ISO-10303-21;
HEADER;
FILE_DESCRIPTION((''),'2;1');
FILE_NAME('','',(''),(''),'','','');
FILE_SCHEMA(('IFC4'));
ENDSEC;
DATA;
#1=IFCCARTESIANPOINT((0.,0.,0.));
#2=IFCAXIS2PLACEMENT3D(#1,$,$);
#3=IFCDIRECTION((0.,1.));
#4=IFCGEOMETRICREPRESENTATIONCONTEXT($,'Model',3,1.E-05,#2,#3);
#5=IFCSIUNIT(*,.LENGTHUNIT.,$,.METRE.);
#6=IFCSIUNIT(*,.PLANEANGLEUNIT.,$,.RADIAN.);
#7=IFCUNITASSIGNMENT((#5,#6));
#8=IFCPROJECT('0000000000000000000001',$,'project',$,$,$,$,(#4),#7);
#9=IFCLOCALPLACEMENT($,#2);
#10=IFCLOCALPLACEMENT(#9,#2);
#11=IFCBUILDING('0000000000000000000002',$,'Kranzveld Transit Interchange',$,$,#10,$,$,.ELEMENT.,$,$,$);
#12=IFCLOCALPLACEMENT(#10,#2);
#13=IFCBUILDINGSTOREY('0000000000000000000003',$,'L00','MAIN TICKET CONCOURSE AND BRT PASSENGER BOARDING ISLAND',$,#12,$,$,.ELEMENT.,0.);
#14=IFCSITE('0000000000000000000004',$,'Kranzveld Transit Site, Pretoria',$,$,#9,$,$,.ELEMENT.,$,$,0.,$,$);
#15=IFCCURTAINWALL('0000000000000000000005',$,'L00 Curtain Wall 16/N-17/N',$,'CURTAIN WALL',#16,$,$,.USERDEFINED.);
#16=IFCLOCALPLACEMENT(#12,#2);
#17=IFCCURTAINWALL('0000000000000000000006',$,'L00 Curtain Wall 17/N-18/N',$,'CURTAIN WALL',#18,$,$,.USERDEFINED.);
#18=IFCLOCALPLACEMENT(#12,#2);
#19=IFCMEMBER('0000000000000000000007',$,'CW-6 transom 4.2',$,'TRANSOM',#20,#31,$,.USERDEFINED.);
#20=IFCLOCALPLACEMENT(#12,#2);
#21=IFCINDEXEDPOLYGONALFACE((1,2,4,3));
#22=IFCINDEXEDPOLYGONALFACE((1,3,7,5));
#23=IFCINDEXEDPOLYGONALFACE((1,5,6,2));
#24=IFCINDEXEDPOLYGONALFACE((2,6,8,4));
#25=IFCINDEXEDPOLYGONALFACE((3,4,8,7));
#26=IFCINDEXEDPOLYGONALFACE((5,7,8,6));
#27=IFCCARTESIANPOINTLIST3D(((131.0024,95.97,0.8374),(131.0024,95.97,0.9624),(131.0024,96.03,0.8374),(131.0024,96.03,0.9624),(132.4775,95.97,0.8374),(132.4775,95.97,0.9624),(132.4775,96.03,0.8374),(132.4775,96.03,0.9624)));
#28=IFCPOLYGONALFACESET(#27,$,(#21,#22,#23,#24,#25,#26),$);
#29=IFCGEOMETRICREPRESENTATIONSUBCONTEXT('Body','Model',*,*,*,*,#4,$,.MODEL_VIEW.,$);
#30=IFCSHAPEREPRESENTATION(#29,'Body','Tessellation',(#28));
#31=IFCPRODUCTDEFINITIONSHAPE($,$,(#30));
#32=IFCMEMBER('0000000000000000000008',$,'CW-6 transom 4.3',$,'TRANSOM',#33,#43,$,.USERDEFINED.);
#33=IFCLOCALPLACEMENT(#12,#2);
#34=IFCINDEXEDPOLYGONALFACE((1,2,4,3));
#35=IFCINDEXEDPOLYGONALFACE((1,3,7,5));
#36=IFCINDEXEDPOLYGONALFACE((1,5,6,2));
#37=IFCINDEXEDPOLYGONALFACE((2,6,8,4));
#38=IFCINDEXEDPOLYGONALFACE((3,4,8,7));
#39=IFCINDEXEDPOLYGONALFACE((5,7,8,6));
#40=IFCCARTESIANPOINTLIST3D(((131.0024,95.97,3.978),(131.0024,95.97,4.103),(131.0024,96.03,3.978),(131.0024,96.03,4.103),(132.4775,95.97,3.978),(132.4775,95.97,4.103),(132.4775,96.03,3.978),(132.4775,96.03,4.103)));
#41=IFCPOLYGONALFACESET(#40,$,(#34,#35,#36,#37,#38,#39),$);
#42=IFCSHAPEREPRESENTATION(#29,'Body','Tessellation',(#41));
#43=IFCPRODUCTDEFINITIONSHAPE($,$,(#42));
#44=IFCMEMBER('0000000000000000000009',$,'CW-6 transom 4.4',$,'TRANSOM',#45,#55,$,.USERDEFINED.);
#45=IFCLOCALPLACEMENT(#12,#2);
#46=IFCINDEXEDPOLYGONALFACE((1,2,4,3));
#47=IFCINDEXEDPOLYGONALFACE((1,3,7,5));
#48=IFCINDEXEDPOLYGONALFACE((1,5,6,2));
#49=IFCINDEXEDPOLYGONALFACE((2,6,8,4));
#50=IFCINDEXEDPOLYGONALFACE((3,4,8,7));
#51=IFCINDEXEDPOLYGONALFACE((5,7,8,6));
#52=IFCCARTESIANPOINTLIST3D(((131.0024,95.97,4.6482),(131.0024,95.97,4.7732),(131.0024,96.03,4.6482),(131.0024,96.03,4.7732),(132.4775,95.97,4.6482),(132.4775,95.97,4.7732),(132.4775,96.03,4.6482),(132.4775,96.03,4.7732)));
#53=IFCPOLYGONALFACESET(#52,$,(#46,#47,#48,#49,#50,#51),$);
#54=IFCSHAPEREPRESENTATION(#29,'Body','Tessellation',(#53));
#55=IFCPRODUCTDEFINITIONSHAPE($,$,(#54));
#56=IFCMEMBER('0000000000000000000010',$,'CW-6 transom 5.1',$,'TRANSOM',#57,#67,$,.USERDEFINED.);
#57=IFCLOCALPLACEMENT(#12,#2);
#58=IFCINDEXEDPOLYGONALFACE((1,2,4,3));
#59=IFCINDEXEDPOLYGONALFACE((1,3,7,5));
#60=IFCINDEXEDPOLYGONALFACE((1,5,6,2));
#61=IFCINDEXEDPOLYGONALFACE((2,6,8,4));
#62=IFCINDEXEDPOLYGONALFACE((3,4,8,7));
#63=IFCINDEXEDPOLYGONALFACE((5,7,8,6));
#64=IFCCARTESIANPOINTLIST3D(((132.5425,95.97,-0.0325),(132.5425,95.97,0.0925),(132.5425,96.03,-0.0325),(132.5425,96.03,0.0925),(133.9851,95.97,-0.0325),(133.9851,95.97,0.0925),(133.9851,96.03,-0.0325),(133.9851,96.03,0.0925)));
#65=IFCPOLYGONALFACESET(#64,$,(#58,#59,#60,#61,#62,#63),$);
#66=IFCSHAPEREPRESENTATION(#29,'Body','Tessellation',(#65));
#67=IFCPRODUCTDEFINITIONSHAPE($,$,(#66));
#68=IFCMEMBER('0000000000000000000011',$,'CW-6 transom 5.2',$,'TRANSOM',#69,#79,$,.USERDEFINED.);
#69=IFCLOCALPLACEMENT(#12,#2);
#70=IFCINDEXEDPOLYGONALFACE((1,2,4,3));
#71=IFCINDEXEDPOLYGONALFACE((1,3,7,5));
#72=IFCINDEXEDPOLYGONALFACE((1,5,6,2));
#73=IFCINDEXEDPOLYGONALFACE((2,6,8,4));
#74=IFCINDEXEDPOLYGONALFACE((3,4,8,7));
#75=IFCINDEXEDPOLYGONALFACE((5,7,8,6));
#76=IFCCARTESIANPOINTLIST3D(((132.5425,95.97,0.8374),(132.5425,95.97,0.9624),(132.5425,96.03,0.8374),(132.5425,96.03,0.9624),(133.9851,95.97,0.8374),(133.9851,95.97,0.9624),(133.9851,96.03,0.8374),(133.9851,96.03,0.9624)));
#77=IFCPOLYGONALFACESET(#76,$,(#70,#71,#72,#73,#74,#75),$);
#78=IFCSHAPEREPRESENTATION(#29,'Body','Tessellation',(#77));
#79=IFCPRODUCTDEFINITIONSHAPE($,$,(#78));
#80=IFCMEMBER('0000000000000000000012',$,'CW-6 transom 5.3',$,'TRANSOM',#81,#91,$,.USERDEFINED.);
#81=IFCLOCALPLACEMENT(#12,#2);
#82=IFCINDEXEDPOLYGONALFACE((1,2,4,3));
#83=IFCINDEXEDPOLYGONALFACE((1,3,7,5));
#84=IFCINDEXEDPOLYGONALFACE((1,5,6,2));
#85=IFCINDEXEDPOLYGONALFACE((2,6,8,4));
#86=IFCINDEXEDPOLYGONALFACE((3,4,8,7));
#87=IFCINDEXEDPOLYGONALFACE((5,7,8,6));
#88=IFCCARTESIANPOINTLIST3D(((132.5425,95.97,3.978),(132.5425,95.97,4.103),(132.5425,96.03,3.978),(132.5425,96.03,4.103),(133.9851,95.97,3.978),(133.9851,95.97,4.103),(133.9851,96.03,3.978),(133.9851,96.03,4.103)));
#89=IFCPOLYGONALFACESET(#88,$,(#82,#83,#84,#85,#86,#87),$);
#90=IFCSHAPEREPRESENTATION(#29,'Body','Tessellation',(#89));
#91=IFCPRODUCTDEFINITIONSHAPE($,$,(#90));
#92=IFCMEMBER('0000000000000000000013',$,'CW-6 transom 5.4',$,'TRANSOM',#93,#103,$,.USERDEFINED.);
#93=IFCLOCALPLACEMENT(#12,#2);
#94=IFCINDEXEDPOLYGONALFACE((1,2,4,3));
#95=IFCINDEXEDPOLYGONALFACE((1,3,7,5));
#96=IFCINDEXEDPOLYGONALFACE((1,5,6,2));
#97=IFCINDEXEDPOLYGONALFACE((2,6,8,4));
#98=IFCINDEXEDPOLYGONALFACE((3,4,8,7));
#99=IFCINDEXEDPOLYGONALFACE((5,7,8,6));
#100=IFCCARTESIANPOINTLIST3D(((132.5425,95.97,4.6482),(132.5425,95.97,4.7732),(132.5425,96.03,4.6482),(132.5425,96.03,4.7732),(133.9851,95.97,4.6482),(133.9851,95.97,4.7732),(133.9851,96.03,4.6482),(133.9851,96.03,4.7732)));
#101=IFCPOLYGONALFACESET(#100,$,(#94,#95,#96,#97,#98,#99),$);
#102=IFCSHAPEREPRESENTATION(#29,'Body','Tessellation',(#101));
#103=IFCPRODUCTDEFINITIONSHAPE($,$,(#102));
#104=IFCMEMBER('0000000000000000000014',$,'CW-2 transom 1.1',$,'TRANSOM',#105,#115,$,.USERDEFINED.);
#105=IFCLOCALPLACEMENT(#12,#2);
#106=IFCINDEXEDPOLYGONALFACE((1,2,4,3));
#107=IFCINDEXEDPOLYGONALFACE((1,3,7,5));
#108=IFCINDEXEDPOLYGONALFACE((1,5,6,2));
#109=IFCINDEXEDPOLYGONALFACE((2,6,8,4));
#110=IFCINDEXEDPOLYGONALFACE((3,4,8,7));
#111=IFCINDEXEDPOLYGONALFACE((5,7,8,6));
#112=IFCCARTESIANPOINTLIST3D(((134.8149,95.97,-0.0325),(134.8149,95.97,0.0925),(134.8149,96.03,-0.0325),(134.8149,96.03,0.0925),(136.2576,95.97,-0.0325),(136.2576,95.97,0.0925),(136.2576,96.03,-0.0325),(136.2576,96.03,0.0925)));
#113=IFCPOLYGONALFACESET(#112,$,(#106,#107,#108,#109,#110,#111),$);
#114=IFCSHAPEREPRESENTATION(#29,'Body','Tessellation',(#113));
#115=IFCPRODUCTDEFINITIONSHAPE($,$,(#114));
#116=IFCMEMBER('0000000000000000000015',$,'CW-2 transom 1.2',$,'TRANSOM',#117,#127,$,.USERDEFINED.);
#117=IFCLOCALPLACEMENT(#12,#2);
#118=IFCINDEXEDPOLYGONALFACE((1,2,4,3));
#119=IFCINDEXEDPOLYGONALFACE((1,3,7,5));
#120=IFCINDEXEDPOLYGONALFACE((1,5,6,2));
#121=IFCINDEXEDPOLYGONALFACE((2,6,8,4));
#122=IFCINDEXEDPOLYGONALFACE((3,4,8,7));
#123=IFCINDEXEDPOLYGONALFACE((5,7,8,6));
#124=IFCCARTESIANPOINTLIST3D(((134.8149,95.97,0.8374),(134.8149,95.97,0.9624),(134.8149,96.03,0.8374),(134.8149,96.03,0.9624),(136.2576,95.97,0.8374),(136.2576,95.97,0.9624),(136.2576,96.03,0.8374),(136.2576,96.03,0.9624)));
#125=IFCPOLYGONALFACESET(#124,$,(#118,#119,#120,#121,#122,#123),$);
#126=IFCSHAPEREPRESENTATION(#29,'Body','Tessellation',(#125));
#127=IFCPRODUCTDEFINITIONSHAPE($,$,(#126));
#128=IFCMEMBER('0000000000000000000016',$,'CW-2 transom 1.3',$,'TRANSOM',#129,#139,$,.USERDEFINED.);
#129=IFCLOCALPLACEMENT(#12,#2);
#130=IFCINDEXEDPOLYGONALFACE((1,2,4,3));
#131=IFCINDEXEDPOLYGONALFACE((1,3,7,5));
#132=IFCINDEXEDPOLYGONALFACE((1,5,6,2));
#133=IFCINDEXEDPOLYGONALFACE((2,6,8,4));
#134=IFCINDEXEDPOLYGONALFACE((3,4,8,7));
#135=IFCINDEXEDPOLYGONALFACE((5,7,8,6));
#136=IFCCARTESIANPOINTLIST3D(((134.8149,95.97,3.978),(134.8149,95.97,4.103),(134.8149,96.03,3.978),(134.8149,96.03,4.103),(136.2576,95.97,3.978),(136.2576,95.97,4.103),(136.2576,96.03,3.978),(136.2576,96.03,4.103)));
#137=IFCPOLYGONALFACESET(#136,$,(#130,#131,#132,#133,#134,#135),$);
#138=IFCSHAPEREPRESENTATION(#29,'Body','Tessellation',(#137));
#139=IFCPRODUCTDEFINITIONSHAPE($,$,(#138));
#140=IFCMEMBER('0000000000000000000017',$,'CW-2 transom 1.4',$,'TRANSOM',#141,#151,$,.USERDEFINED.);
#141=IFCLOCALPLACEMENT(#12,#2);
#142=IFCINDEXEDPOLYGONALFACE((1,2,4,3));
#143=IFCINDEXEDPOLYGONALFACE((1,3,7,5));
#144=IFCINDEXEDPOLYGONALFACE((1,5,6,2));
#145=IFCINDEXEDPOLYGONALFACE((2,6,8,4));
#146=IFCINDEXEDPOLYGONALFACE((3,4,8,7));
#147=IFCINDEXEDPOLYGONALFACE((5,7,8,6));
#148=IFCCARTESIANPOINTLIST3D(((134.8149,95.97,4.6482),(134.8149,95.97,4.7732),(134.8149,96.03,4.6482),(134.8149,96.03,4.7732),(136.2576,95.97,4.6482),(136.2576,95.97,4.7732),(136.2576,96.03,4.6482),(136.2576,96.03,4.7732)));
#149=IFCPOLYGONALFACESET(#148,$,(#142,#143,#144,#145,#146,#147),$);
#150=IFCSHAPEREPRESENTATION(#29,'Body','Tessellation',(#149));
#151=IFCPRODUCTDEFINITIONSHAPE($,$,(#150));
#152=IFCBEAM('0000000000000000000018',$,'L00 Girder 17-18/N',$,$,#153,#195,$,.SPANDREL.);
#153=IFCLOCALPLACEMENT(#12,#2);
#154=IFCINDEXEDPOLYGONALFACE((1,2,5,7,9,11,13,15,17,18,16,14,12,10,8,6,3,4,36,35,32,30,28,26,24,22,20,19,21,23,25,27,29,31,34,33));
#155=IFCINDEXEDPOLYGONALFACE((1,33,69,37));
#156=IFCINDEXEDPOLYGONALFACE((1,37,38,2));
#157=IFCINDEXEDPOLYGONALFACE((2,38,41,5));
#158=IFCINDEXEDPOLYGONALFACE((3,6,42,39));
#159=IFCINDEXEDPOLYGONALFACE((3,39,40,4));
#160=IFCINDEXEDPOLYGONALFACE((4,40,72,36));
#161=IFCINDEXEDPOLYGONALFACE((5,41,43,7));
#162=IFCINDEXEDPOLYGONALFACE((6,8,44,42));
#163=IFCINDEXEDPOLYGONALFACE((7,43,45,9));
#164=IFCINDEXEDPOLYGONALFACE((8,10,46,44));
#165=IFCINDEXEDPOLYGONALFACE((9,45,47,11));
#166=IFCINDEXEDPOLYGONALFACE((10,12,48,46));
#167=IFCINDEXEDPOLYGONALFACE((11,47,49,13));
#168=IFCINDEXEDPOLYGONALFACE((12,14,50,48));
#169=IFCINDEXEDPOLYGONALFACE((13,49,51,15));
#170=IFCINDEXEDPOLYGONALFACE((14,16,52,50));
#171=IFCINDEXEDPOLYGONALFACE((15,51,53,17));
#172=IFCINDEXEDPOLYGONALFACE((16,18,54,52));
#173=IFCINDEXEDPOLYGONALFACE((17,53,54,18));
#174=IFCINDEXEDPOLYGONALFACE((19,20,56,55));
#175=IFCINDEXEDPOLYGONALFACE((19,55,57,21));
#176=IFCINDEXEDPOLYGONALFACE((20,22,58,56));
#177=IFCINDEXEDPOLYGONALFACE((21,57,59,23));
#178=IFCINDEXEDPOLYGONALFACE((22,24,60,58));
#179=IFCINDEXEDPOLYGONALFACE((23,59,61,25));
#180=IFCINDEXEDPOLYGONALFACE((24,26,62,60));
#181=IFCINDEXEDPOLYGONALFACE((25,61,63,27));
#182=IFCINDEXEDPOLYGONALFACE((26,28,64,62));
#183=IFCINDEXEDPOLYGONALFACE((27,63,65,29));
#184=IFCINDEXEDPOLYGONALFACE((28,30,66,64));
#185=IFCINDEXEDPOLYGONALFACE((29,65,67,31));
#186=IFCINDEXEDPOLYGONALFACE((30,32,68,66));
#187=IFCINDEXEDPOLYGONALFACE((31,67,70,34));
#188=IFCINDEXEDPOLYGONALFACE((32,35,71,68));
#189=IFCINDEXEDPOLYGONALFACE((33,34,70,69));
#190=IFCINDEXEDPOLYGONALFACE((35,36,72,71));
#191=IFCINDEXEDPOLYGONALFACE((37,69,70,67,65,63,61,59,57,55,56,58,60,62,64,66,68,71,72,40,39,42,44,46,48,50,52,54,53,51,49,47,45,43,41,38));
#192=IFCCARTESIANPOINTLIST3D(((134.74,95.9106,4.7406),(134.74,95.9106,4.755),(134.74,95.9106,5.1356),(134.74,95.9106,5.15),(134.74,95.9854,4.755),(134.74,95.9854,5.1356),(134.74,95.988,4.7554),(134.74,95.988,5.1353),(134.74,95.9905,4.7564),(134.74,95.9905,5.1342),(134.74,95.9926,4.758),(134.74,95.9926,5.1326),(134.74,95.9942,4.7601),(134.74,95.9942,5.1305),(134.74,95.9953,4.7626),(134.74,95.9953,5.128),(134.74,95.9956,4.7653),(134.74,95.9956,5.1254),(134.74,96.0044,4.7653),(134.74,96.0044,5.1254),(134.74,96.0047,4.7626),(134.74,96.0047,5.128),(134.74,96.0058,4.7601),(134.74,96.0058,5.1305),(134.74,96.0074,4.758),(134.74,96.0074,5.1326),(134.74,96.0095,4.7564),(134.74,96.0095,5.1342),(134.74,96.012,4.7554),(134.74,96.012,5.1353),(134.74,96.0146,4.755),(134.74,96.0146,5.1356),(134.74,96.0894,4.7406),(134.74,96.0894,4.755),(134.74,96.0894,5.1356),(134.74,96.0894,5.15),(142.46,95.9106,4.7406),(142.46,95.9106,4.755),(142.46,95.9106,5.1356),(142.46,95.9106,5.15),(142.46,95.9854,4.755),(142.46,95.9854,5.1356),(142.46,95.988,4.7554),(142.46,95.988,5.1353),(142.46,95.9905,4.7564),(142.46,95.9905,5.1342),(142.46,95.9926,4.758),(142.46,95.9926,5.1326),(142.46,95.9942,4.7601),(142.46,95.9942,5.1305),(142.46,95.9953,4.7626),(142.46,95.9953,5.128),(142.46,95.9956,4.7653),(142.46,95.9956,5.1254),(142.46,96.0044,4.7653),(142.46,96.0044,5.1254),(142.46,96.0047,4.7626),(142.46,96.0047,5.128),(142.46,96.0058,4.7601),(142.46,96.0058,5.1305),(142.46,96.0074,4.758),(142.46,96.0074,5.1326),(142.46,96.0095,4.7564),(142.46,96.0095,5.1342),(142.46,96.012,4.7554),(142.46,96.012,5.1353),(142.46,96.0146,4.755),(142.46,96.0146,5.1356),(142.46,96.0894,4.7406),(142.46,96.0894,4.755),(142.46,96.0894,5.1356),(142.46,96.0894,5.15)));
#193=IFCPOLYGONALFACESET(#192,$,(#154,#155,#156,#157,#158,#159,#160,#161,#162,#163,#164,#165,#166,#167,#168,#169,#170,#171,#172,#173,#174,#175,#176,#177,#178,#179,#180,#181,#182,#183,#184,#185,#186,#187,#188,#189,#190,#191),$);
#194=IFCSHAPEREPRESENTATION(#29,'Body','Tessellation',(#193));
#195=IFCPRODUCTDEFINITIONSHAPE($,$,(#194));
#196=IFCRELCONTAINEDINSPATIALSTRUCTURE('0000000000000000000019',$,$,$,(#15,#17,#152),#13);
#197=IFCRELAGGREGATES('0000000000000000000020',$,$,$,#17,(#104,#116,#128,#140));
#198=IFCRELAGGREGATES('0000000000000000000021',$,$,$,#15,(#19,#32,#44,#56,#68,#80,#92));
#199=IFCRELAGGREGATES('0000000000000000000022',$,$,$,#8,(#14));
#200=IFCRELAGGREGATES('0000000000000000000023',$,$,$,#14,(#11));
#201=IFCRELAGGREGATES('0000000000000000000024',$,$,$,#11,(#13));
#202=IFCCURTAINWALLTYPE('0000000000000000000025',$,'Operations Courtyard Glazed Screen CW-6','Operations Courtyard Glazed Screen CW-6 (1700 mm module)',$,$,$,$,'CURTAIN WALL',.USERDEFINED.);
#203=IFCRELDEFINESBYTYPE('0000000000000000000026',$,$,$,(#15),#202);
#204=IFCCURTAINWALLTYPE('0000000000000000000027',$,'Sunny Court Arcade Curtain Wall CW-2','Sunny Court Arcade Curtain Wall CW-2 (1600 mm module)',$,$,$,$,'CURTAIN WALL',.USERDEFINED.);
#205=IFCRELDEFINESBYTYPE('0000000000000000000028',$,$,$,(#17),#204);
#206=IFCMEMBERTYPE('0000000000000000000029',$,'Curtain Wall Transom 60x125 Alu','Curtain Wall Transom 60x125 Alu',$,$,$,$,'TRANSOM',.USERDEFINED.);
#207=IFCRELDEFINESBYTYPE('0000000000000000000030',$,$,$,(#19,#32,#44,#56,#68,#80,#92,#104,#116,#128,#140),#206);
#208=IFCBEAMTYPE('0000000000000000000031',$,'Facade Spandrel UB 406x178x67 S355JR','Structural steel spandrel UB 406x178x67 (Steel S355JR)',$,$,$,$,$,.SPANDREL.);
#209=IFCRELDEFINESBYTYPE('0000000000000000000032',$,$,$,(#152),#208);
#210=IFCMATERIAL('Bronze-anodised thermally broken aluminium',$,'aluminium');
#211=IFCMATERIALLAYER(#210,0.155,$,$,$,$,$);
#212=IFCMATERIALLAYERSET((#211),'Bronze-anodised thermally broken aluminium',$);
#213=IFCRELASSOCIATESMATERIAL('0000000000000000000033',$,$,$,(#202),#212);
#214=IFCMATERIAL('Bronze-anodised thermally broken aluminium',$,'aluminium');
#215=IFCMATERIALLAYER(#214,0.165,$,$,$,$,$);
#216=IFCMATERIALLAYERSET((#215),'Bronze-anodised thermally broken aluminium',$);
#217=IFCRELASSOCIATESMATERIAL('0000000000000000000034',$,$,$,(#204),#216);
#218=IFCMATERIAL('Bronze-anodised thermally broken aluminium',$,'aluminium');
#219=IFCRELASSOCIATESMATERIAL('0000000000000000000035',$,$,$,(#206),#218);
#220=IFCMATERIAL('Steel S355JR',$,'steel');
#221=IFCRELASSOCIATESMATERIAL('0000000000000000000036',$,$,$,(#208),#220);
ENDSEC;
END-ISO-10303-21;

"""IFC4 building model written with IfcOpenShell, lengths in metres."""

from ifc_helpers import new_model, si_unit, direction, frame, origin, origin_2d, place, context, subcontext, project, spatial, rectangle, i_section, extrude, material, layer, layer_set, material_profile, profile_set, type_object, element, aggregate, save


model = new_model("IFC4")

# Units and contexts
model_context = context("Model", 3, precision=1e-05, world=origin(), true_north=direction((0.0, 1.0)))
body_context = subcontext(model_context, "Body", "Model", "MODEL_VIEW")
ifc_project = project(units=[si_unit("LENGTHUNIT", "METRE"), si_unit("PLANEANGLEUNIT", "RADIAN")], contexts=[model_context])

# Site, building, storey
site_placement = place(None, origin())
site = spatial("IfcSite", under=ifc_project, at=site_placement, Name="Kranzveld Transit Site, Pretoria", CompositionType="ELEMENT", RefElevation=0.0)
building_placement = place(site_placement, origin())
building = spatial("IfcBuilding", under=site, at=building_placement, Name="Kranzveld Transit Interchange", CompositionType="ELEMENT")
storey_placement = place(building_placement, origin())
storey = spatial("IfcBuildingStorey", under=building, at=storey_placement, Name="L00", Description="MAIN TICKET CONCOURSE AND BRT PASSENGER BOARDING ISLAND", CompositionType="ELEMENT", Elevation=0.0)

# Curtain wall
ifc_material_1 = material(Name="Bronze-anodised thermally broken aluminium", Category="aluminium")
ifc_layer_1 = layer(ifc_material_1, 0.155)
ifc_layer_set_1 = layer_set([ifc_layer_1], Name="Bronze-anodised thermally broken aluminium")
curtain_wall_type_1 = type_object("IfcCurtainWallType", Name="Operations Courtyard Glazed Screen CW-6", Description="Operations Courtyard Glazed Screen CW-6 (1700 mm module)", ElementType="CURTAIN WALL", PredefinedType="USERDEFINED", material=ifc_layer_set_1)
curtain_wall_1_placement = place(storey_placement, origin())
curtain_wall_1 = element("IfcCurtainWall", 1, at=curtain_wall_1_placement, inside=storey, type_object=curtain_wall_type_1, Name="L00 Curtain Wall 16/N-17/N", ObjectType="CURTAIN WALL", PredefinedType="USERDEFINED")

# Curtain wall
ifc_material_2 = material(Name="Bronze-anodised thermally broken aluminium", Category="aluminium")
ifc_layer_2 = layer(ifc_material_2, 0.165)
ifc_layer_set_2 = layer_set([ifc_layer_2], Name="Bronze-anodised thermally broken aluminium")
curtain_wall_type_2 = type_object("IfcCurtainWallType", Name="Sunny Court Arcade Curtain Wall CW-2", Description="Sunny Court Arcade Curtain Wall CW-2 (1600 mm module)", ElementType="CURTAIN WALL", PredefinedType="USERDEFINED", material=ifc_layer_set_2)
curtain_wall_2_placement = place(storey_placement, origin())
curtain_wall_2 = element("IfcCurtainWall", 2, at=curtain_wall_2_placement, inside=storey, type_object=curtain_wall_type_2, Name="L00 Curtain Wall 17/N-18/N", ObjectType="CURTAIN WALL", PredefinedType="USERDEFINED")

# Members
ifc_material_3 = material(Name="Bronze-anodised thermally broken aluminium", Category="aluminium")
ifc_material_profile_1 = material_profile(ifc_material_3, rectangle(XDim=0.0601, YDim=0.125, at=origin_2d()), Name="ALU TRANSOM 60x125")
ifc_profile_set_1 = profile_set([ifc_material_profile_1], Name="Bronze-anodised thermally broken aluminium")
member_type_1 = type_object("IfcMemberType", Name="Curtain Wall Transom 60x125 Alu", Description="Curtain Wall Transom 60x125 Alu", ElementType="TRANSOM", PredefinedType="USERDEFINED", material=ifc_profile_set_1)
member_1_placement = place(storey_placement, frame((131.0024, 96.0, 0.8999), z_axis=(1.0, 0.0, 0.0), x_axis=(0.0, 1.0, 0.0)))
member_1 = element("IfcMember", 3, at=member_1_placement, type_object=member_type_1, Name="CW-6 transom 4.2", ObjectType="TRANSOM", PredefinedType="USERDEFINED", context=body_context, shape_type="SweptSolid", body=[
    extrude(rectangle(XDim=0.0601, YDim=0.125, at=origin_2d()), origin(), (0.0, 0.0, 1.0), 1.4751),
])
member_2_placement = place(storey_placement, frame((131.0024, 96.0, 4.0405), z_axis=(1.0, 0.0, 0.0), x_axis=(0.0, 1.0, 0.0)))
member_2 = element("IfcMember", 4, at=member_2_placement, type_object=member_type_1, Name="CW-6 transom 4.3", ObjectType="TRANSOM", PredefinedType="USERDEFINED", context=body_context, shape_type="SweptSolid", body=[
    extrude(rectangle(XDim=0.0601, YDim=0.125, at=origin_2d()), origin(), (0.0, 0.0, 1.0), 1.4751),
])
member_3_placement = place(storey_placement, frame((131.0024, 96.0, 4.7107), z_axis=(1.0, 0.0, 0.0), x_axis=(0.0, 1.0, 0.0)))
member_3 = element("IfcMember", 5, at=member_3_placement, type_object=member_type_1, Name="CW-6 transom 4.4", ObjectType="TRANSOM", PredefinedType="USERDEFINED", context=body_context, shape_type="SweptSolid", body=[
    extrude(rectangle(XDim=0.0601, YDim=0.125, at=origin_2d()), origin(), (0.0, 0.0, 1.0), 1.4751),
])
member_4_placement = place(storey_placement, frame((132.5425, 96.0, 0.03), z_axis=(1.0, 0.0, 0.0), x_axis=(0.0, 1.0, 0.0)))
member_4 = element("IfcMember", 6, at=member_4_placement, type_object=member_type_1, Name="CW-6 transom 5.1", ObjectType="TRANSOM", PredefinedType="USERDEFINED", context=body_context, shape_type="SweptSolid", body=[
    extrude(rectangle(XDim=0.0601, YDim=0.125, at=origin_2d()), origin(), (0.0, 0.0, 1.0), 1.4426),
])
member_5_placement = place(storey_placement, frame((132.5425, 96.0, 0.8999), z_axis=(1.0, 0.0, 0.0), x_axis=(0.0, 1.0, 0.0)))
member_5 = element("IfcMember", 7, at=member_5_placement, type_object=member_type_1, Name="CW-6 transom 5.2", ObjectType="TRANSOM", PredefinedType="USERDEFINED", context=body_context, shape_type="SweptSolid", body=[
    extrude(rectangle(XDim=0.0601, YDim=0.125, at=origin_2d()), origin(), (0.0, 0.0, 1.0), 1.4426),
])
member_6_placement = place(storey_placement, frame((132.5425, 96.0, 4.0405), z_axis=(1.0, 0.0, 0.0), x_axis=(0.0, 1.0, 0.0)))
member_6 = element("IfcMember", 8, at=member_6_placement, type_object=member_type_1, Name="CW-6 transom 5.3", ObjectType="TRANSOM", PredefinedType="USERDEFINED", context=body_context, shape_type="SweptSolid", body=[
    extrude(rectangle(XDim=0.0601, YDim=0.125, at=origin_2d()), origin(), (0.0, 0.0, 1.0), 1.4426),
])
member_7_placement = place(storey_placement, frame((132.5425, 96.0, 4.7107), z_axis=(1.0, 0.0, 0.0), x_axis=(0.0, 1.0, 0.0)))
member_7 = element("IfcMember", 9, at=member_7_placement, type_object=member_type_1, Name="CW-6 transom 5.4", ObjectType="TRANSOM", PredefinedType="USERDEFINED", context=body_context, shape_type="SweptSolid", body=[
    extrude(rectangle(XDim=0.0601, YDim=0.125, at=origin_2d()), origin(), (0.0, 0.0, 1.0), 1.4426),
])
member_8_placement = place(storey_placement, frame((134.8149, 96.0, 0.03), z_axis=(1.0, 0.0, 0.0), x_axis=(0.0, 1.0, 0.0)))
member_8 = element("IfcMember", 10, at=member_8_placement, type_object=member_type_1, Name="CW-2 transom 1.1", ObjectType="TRANSOM", PredefinedType="USERDEFINED", context=body_context, shape_type="SweptSolid", body=[
    extrude(rectangle(XDim=0.0601, YDim=0.125, at=origin_2d()), origin(), (0.0, 0.0, 1.0), 1.4426),
])
member_9_placement = place(storey_placement, frame((134.8149, 96.0, 0.8999), z_axis=(1.0, 0.0, 0.0), x_axis=(0.0, 1.0, 0.0)))
member_9 = element("IfcMember", 11, at=member_9_placement, type_object=member_type_1, Name="CW-2 transom 1.2", ObjectType="TRANSOM", PredefinedType="USERDEFINED", context=body_context, shape_type="SweptSolid", body=[
    extrude(rectangle(XDim=0.0601, YDim=0.125, at=origin_2d()), origin(), (0.0, 0.0, 1.0), 1.4426),
])
member_10_placement = place(storey_placement, frame((134.8149, 96.0, 4.0405), z_axis=(1.0, 0.0, 0.0), x_axis=(0.0, 1.0, 0.0)))
member_10 = element("IfcMember", 12, at=member_10_placement, type_object=member_type_1, Name="CW-2 transom 1.3", ObjectType="TRANSOM", PredefinedType="USERDEFINED", context=body_context, shape_type="SweptSolid", body=[
    extrude(rectangle(XDim=0.0601, YDim=0.125, at=origin_2d()), origin(), (0.0, 0.0, 1.0), 1.4426),
])
member_11_placement = place(storey_placement, frame((134.8149, 96.0, 4.7107), z_axis=(1.0, 0.0, 0.0), x_axis=(0.0, 1.0, 0.0)))
member_11 = element("IfcMember", 13, at=member_11_placement, type_object=member_type_1, Name="CW-2 transom 1.4", ObjectType="TRANSOM", PredefinedType="USERDEFINED", context=body_context, shape_type="SweptSolid", body=[
    extrude(rectangle(XDim=0.0601, YDim=0.125, at=origin_2d()), origin(), (0.0, 0.0, 1.0), 1.4426),
])

# Beam
ifc_material_4 = material(Name="Steel S355JR", Category="steel")
ifc_material_profile_2 = material_profile(ifc_material_4, i_section(OverallWidth=0.1787, OverallDepth=0.4094, WebThickness=0.0088, FlangeThickness=0.0144, FilletRadius=0.0103, at=origin_2d()), Name="UB 406x178x67")
ifc_profile_set_2 = profile_set([ifc_material_profile_2], Name="Steel S355JR")
beam_type = type_object("IfcBeamType", Name="Facade Spandrel UB 406x178x67 S355JR", Description="Structural steel spandrel UB 406x178x67 (Steel S355JR)", PredefinedType="SPANDREL", material=ifc_profile_set_2)
beam_placement = place(storey_placement, frame((134.74, 96.0, 4.9453), z_axis=(1.0, 0.0, 0.0), x_axis=(0.0, 1.0, 0.0)))
element("IfcBeam", 14, at=beam_placement, inside=storey, type_object=beam_type, Name="L00 Girder 17-18/N", PredefinedType="SPANDREL", context=body_context, shape_type="SweptSolid", body=[
    extrude(i_section(OverallWidth=0.1787, OverallDepth=0.4094, WebThickness=0.0088, FlangeThickness=0.0144, FilletRadius=0.0103, at=origin_2d()), origin(), (0.0, 0.0, 1.0), 7.72),
])

aggregate(curtain_wall_2, [member_8, member_9, member_10, member_11])
aggregate(curtain_wall_1, [member_1, member_2, member_3, member_4, member_5, member_6, member_7])

save(model, "model.ifc")
